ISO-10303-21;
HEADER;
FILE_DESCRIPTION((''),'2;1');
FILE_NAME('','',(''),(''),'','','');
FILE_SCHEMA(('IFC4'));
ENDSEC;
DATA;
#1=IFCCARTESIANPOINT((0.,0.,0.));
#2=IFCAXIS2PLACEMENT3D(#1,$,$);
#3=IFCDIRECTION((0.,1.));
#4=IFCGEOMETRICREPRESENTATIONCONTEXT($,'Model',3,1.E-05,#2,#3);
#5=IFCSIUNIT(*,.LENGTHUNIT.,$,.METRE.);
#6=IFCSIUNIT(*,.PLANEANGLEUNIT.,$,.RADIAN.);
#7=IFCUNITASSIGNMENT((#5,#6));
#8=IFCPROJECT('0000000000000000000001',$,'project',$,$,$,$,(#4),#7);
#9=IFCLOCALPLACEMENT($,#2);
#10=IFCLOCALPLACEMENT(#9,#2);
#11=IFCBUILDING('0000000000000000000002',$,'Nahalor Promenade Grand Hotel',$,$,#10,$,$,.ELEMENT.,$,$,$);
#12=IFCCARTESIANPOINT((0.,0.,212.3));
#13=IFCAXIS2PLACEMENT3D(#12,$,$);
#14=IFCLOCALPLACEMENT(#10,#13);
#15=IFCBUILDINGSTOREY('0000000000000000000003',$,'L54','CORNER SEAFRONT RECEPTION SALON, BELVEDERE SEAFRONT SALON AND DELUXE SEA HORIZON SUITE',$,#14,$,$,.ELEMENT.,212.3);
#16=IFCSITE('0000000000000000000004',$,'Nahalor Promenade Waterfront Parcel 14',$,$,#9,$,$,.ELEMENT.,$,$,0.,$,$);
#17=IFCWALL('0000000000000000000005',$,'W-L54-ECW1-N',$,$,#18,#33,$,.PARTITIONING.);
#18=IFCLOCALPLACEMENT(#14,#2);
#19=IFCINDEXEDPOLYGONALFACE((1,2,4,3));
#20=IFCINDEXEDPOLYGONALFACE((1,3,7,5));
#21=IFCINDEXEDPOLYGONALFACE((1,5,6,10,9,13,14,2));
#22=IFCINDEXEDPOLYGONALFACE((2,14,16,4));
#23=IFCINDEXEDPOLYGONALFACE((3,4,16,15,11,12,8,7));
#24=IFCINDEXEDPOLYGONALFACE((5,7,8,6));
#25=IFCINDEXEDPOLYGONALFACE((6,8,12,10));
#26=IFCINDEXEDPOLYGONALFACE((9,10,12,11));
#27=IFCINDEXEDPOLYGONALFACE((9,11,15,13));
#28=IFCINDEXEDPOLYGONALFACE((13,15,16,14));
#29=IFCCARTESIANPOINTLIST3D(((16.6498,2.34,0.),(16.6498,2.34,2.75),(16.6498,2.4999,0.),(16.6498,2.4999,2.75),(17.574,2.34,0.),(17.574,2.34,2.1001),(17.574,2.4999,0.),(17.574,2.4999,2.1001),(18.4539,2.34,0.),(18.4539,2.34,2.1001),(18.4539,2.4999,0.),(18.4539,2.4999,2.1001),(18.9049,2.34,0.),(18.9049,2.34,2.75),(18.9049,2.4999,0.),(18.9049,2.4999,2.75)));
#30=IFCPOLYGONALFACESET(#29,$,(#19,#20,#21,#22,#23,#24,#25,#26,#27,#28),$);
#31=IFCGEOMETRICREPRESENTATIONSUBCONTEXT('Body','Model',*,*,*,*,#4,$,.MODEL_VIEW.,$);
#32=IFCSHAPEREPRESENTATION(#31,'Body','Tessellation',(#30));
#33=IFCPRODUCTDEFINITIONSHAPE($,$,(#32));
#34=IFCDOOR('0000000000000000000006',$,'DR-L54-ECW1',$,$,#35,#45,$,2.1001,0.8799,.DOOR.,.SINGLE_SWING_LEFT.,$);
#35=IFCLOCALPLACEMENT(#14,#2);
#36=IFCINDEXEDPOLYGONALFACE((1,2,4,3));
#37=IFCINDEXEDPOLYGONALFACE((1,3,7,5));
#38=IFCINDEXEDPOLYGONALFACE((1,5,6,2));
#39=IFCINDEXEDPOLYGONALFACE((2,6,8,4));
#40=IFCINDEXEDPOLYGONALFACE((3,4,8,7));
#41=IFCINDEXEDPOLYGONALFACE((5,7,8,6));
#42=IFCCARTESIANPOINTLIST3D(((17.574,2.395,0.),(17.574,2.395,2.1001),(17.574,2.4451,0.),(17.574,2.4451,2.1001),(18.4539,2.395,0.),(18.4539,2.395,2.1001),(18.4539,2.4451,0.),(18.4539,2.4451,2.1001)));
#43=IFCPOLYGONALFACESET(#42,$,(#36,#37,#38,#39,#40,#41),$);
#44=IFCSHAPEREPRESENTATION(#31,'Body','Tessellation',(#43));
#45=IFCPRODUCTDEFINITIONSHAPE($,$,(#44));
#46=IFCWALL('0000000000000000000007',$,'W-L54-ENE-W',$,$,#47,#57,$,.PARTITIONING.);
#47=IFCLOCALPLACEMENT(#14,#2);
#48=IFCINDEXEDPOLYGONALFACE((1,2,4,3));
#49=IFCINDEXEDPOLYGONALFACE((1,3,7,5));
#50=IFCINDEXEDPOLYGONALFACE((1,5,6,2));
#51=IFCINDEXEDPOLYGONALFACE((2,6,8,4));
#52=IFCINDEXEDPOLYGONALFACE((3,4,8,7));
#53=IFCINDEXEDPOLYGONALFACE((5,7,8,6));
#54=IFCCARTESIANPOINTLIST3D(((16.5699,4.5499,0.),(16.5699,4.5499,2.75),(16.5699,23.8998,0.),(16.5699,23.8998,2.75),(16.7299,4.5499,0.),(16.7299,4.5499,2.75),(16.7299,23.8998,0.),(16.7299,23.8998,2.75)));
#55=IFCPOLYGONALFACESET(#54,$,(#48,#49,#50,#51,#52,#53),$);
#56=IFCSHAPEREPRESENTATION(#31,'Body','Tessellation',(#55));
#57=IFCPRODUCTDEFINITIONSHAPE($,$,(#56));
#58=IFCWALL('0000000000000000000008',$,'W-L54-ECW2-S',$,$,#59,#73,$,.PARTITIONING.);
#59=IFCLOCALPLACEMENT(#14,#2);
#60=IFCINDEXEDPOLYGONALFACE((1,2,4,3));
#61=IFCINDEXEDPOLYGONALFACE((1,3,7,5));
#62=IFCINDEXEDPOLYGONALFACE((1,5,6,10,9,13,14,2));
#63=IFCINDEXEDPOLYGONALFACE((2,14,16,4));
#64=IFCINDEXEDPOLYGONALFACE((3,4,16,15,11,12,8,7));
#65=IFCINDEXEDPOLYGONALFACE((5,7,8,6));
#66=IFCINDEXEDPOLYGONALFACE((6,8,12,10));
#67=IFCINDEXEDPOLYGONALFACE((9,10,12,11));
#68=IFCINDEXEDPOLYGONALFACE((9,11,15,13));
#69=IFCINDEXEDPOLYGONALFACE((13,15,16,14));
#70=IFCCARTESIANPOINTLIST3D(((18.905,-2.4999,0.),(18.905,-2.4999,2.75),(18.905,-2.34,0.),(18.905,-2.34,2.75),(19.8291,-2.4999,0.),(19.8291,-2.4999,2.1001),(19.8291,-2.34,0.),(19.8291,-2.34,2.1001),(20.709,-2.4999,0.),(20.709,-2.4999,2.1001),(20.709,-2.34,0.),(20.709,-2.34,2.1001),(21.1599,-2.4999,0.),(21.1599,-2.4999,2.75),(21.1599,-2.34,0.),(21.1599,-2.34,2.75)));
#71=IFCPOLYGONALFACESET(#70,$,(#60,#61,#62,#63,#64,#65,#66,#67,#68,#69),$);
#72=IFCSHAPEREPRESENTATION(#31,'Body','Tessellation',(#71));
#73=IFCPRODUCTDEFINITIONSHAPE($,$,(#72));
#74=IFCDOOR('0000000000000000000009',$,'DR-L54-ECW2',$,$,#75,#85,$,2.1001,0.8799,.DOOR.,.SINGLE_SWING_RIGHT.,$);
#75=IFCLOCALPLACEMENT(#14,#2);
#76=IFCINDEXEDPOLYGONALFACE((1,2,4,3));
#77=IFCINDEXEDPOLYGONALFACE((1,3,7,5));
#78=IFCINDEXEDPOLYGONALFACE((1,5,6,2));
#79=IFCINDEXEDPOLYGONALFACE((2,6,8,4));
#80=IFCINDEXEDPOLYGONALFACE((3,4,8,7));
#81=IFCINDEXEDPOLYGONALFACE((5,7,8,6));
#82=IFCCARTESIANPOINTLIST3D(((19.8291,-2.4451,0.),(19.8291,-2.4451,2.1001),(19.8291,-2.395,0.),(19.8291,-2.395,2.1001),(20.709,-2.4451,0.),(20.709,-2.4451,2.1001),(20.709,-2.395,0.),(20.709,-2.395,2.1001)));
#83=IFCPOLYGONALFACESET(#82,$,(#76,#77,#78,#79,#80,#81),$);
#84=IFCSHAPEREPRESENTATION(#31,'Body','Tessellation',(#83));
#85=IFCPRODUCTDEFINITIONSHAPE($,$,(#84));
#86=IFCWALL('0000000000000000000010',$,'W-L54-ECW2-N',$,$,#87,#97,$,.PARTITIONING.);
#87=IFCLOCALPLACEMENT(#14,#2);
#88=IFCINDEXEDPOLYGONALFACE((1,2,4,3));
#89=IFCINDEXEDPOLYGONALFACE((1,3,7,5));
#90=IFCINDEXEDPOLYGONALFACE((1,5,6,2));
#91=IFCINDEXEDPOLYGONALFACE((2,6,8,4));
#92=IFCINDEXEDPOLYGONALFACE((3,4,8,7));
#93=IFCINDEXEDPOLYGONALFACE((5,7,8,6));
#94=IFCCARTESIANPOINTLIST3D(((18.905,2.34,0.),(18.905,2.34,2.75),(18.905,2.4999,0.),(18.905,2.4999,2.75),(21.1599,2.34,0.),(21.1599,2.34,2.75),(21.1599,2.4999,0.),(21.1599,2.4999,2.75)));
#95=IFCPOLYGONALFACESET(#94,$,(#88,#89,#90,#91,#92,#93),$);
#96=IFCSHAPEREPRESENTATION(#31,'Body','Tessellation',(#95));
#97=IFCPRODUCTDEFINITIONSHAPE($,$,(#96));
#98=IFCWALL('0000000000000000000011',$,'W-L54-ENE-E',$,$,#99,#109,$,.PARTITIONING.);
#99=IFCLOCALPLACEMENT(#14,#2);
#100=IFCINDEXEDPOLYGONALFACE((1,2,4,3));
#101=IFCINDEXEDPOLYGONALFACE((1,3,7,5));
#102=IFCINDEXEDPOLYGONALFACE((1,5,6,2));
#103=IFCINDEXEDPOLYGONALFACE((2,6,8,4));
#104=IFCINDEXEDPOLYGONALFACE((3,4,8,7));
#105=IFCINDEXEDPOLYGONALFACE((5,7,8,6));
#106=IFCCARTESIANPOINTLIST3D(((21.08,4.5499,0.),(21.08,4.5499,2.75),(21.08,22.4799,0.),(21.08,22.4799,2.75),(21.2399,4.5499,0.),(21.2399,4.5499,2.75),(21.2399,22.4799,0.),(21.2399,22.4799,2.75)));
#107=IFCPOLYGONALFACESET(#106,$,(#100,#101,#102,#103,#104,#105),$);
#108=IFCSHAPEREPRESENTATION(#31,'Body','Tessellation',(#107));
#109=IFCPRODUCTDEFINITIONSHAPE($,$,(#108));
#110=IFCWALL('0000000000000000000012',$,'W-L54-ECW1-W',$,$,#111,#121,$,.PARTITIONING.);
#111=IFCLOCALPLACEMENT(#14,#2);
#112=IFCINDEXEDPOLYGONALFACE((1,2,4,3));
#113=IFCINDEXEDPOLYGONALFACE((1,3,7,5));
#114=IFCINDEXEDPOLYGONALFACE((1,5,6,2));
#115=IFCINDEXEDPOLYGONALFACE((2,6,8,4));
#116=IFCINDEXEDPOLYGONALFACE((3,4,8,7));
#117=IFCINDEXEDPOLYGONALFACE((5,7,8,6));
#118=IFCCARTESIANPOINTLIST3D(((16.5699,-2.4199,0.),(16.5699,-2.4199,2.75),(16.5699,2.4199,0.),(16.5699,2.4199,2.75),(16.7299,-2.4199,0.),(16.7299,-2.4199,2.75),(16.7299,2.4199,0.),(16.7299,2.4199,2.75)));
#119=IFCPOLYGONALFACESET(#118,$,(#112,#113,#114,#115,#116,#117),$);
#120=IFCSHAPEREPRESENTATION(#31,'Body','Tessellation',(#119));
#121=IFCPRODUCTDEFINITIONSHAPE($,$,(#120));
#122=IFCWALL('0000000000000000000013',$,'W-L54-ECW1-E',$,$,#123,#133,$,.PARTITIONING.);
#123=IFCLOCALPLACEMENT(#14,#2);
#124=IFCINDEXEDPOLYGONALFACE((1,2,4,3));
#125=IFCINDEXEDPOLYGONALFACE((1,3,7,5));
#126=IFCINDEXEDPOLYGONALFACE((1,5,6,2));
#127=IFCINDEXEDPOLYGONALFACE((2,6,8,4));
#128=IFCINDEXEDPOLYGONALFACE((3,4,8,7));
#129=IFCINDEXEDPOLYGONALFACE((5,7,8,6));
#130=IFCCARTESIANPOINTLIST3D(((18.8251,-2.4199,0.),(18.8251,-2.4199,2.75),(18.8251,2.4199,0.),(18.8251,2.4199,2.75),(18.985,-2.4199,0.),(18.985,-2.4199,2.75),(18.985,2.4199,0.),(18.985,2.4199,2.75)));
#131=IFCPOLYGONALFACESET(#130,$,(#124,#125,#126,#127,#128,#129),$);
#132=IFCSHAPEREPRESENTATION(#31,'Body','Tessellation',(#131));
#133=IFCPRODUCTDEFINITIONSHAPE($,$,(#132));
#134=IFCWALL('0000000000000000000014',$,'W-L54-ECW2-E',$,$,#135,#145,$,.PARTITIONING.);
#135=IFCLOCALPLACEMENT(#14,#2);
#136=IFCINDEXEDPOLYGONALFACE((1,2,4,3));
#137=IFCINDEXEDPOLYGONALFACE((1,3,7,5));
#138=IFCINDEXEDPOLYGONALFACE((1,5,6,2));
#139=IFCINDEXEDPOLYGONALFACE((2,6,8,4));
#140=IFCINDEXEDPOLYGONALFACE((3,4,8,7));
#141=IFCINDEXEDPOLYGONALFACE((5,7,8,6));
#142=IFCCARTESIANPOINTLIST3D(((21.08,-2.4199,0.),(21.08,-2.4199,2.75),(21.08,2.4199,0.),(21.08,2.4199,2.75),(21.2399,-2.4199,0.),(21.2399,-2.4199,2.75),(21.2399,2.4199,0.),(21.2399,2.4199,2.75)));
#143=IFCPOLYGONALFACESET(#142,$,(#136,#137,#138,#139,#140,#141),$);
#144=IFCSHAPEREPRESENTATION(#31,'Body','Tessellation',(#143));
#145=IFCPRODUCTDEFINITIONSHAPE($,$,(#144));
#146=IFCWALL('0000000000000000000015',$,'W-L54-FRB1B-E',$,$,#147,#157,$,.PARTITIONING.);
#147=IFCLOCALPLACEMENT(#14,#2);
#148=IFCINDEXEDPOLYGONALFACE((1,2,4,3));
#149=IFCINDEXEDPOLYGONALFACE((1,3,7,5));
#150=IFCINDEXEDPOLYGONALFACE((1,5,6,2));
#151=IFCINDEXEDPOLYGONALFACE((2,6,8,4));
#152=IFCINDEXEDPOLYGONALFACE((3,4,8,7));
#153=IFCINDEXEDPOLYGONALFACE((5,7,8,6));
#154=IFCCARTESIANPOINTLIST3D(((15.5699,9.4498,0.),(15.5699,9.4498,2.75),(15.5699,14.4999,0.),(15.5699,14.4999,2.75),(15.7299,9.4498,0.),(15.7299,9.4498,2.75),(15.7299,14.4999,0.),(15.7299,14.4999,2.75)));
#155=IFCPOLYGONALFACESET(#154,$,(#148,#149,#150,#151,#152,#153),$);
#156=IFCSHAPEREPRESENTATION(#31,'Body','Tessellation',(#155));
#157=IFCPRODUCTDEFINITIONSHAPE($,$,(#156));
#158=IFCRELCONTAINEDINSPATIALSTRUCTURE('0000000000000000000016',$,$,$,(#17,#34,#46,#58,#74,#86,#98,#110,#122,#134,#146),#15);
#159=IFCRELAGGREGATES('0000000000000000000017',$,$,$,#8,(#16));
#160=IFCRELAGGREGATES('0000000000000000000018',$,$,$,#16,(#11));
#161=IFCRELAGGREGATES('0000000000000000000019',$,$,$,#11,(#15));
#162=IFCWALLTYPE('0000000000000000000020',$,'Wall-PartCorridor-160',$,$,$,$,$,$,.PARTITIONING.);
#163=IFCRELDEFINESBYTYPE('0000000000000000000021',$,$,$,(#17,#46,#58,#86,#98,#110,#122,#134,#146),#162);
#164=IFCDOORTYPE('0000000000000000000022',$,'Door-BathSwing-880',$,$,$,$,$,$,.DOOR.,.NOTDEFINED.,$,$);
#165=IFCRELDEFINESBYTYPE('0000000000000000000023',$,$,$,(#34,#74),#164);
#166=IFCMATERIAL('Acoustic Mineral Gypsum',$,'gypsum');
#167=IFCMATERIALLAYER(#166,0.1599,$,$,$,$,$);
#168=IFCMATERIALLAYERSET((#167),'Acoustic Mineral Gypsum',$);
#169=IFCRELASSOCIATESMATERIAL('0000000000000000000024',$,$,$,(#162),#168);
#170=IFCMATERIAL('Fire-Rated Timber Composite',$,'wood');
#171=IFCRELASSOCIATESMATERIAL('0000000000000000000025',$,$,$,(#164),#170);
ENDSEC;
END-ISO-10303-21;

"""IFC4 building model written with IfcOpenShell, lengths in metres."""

from ifc_helpers import new_model, si_unit, direction, frame, frame_2d, origin, place, context, subcontext, project, spatial, rectangle, extrude, source, transform, mapped, material, layer, layer_set, type_object, element, fill, save


model = new_model("IFC4")

# Units and contexts
model_context = context("Model", 3, precision=1e-05, world=origin(), true_north=direction((0.0, 1.0)))
body_context = subcontext(model_context, "Body", "Model", "MODEL_VIEW")
ifc_project = project(units=[si_unit("LENGTHUNIT", "METRE"), si_unit("PLANEANGLEUNIT", "RADIAN")], contexts=[model_context])

# Site, building, storey
site_placement = place(None, origin())
site = spatial("IfcSite", under=ifc_project, at=site_placement, Name="Nahalor Promenade Waterfront Parcel 14", CompositionType="ELEMENT", RefElevation=0.0)
building_placement = place(site_placement, origin())
building = spatial("IfcBuilding", under=site, at=building_placement, Name="Nahalor Promenade Grand Hotel", CompositionType="ELEMENT")
storey_placement = place(building_placement, frame((0.0, 0.0, 212.3)))
storey = spatial("IfcBuildingStorey", under=building, at=storey_placement, Name="L54", Description="CORNER SEAFRONT RECEPTION SALON, BELVEDERE SEAFRONT SALON AND DELUXE SEA HORIZON SUITE", CompositionType="ELEMENT", Elevation=212.3)

# Shared definitions
ifc_material_1 = material(Name="Acoustic Mineral Gypsum", Category="gypsum")
ifc_layer_1 = layer(ifc_material_1, 0.1599)
ifc_layer_set_1 = layer_set([ifc_layer_1], Name="Acoustic Mineral Gypsum")
wall_type_1 = type_object("IfcWallType", Name="Wall-PartCorridor-160", PredefinedType="PARTITIONING", material=ifc_layer_set_1)
shared_shape_1 = source(origin(), body_context, "Body", "SweptSolid", [
    extrude(rectangle(XDim=2.2551, YDim=0.1599, at=frame_2d((1.1274, 0.0))), origin(), (0.0, 0.0, 1.0), 2.75),
])

# Wall, opening, door
wall_1_placement = place(storey_placement, frame((16.6499, 2.4199, 0.0), z_axis=(0.0, 0.0, 1.0), x_axis=(1.0, 0.0, 0.0)))
wall_1 = element("IfcWall", 1, at=wall_1_placement, inside=storey, type_object=wall_type_1, Name="W-L54-ECW1-N", PredefinedType="PARTITIONING", context=body_context, shape_type="MappedRepresentation", body=[
    mapped(shared_shape_1, transform((0.0, 0.0, 0.0), scale=1.0)),
])
opening_1_placement = place(wall_1_placement, frame((0.9241, 0.0, 0.0)))
opening_1 = element("IfcOpeningElement", 2, at=opening_1_placement, cuts=wall_1, PredefinedType="OPENING", context=body_context, shape_type="SweptSolid", body=[
    extrude(rectangle(XDim=0.8799, YDim=2.1001, at=frame_2d((0.4399, 1.05))), frame((0.0, 0.0898, 0.0), z_axis=(0.0, -1.0, 0.0), x_axis=(1.0, 0.0, 0.0)), (0.0, 0.0, 1.0), 0.1799),
])
ifc_material_2 = material(Name="Fire-Rated Timber Composite", Category="wood")
door_type_1 = type_object("IfcDoorType", Name="Door-BathSwing-880", OperationType="NOTDEFINED", PredefinedType="DOOR", material=ifc_material_2)
shared_shape_2 = source(origin(), body_context, "Body", "SweptSolid", [
    extrude(rectangle(XDim=0.8799, YDim=2.1001, at=frame_2d((0.4399, 1.05))), frame((0.0, 0.0249, 0.0), z_axis=(0.0, -1.0, 0.0), x_axis=(1.0, 0.0, 0.0)), (0.0, 0.0, 1.0), 0.05),
])
door_1_placement = place(opening_1_placement, frame((0.8799, 0.0, 0.0), z_axis=(0.0, 0.0, 1.0), x_axis=(-1.0, 0.0, 0.0)))
door_1 = element("IfcDoor", 3, at=door_1_placement, inside=storey, type_object=door_type_1, Name="DR-L54-ECW1", OperationType="SINGLE_SWING_LEFT", OverallHeight=2.1001, OverallWidth=0.8799, PredefinedType="DOOR", context=body_context, shape_type="MappedRepresentation", body=[
    mapped(shared_shape_2, transform((0.0, 0.0, 0.0), scale=1.0)),
])
fill(opening_1, door_1)

# Wall
shared_shape_3 = source(origin(), body_context, "Body", "SweptSolid", [
    extrude(rectangle(XDim=19.3499, YDim=0.1599, at=frame_2d((9.6748, 0.0))), origin(), (0.0, 0.0, 1.0), 2.75),
])
wall_2_placement = place(storey_placement, frame((16.6499, 4.55, 0.0), z_axis=(0.0, 0.0, 1.0), x_axis=(0.0, 1.0, 0.0)))
element("IfcWall", 4, at=wall_2_placement, inside=storey, type_object=wall_type_1, Name="W-L54-ENE-W", PredefinedType="PARTITIONING", context=body_context, shape_type="MappedRepresentation", body=[
    mapped(shared_shape_3, transform((0.0, 0.0, 0.0), scale=1.0)),
])

# Wall, opening, door
shared_shape_4 = source(origin(), body_context, "Body", "SweptSolid", [
    extrude(rectangle(XDim=2.2549, YDim=0.1599, at=frame_2d((1.1274, 0.0))), origin(), (0.0, 0.0, 1.0), 2.75),
])
wall_3_placement = place(storey_placement, frame((18.905, -2.4199, 0.0), z_axis=(0.0, 0.0, 1.0), x_axis=(1.0, 0.0, 0.0)))
wall_3 = element("IfcWall", 5, at=wall_3_placement, inside=storey, type_object=wall_type_1, Name="W-L54-ECW2-S", PredefinedType="PARTITIONING", context=body_context, shape_type="MappedRepresentation", body=[
    mapped(shared_shape_4, transform((0.0, 0.0, 0.0), scale=1.0)),
])
opening_2_placement = place(wall_3_placement, frame((0.9241, 0.0, 0.0)))
opening_2 = element("IfcOpeningElement", 6, at=opening_2_placement, cuts=wall_3, PredefinedType="OPENING", context=body_context, shape_type="SweptSolid", body=[
    extrude(rectangle(XDim=0.8799, YDim=2.1001, at=frame_2d((0.4399, 1.05))), frame((0.0, 0.0898, 0.0), z_axis=(0.0, -1.0, 0.0), x_axis=(1.0, 0.0, 0.0)), (0.0, 0.0, 1.0), 0.1799),
])
door_2_placement = place(opening_2_placement, origin())
door_2 = element("IfcDoor", 7, at=door_2_placement, inside=storey, type_object=door_type_1, Name="DR-L54-ECW2", OperationType="SINGLE_SWING_RIGHT", OverallHeight=2.1001, OverallWidth=0.8799, PredefinedType="DOOR", context=body_context, shape_type="MappedRepresentation", body=[
    mapped(shared_shape_2, transform((0.0, 0.0, 0.0), scale=1.0)),
])
fill(opening_2, door_2)

# Walls
wall_4_placement = place(storey_placement, frame((18.905, 2.4199, 0.0), z_axis=(0.0, 0.0, 1.0), x_axis=(1.0, 0.0, 0.0)))
element("IfcWall", 8, at=wall_4_placement, inside=storey, type_object=wall_type_1, Name="W-L54-ECW2-N", PredefinedType="PARTITIONING", context=body_context, shape_type="MappedRepresentation", body=[
    mapped(shared_shape_4, transform((0.0, 0.0, 0.0), scale=1.0)),
])
shared_shape_5 = source(origin(), body_context, "Body", "SweptSolid", [
    extrude(rectangle(XDim=17.9299, YDim=0.1599, at=frame_2d((8.9648, 0.0))), origin(), (0.0, 0.0, 1.0), 2.75),
])
wall_5_placement = place(storey_placement, frame((21.1599, 4.55, 0.0), z_axis=(0.0, 0.0, 1.0), x_axis=(0.0, 1.0, 0.0)))
element("IfcWall", 9, at=wall_5_placement, inside=storey, type_object=wall_type_1, Name="W-L54-ENE-E", PredefinedType="PARTITIONING", context=body_context, shape_type="MappedRepresentation", body=[
    mapped(shared_shape_5, transform((0.0, 0.0, 0.0), scale=1.0)),
])
shared_shape_6 = source(origin(), body_context, "Body", "SweptSolid", [
    extrude(rectangle(XDim=4.8398, YDim=0.1599, at=frame_2d((2.4199, 0.0))), origin(), (0.0, 0.0, 1.0), 2.75),
])
for number, where, z_axis, x_axis, name in (
    (10, (16.6499, -2.4199, 0.0), (0.0, 0.0, 1.0), (0.0, 1.0, 0.0), "W-L54-ECW1-W"),
    (11, (18.905, -2.4199, 0.0), (0.0, 0.0, 1.0), (0.0, 1.0, 0.0), "W-L54-ECW1-E"),
    (12, (21.1599, -2.4199, 0.0), (0.0, 0.0, 1.0), (0.0, 1.0, 0.0), "W-L54-ECW2-E"),
):
    element("IfcWall", number, at=place(storey_placement, frame(where, z_axis=z_axis, x_axis=x_axis)), inside=storey, type_object=wall_type_1, Name=name, PredefinedType="PARTITIONING", context=body_context, shape_type="MappedRepresentation", body=[
        mapped(shared_shape_6, transform((0.0, 0.0, 0.0), scale=1.0)),
    ])
shared_shape_7 = source(origin(), body_context, "Body", "SweptSolid", [
    extrude(rectangle(XDim=5.05, YDim=0.1599, at=frame_2d((2.5249, 0.0))), origin(), (0.0, 0.0, 1.0), 2.75),
])
wall_6_placement = place(storey_placement, frame((15.6499, 9.45, 0.0), z_axis=(0.0, 0.0, 1.0), x_axis=(0.0, 1.0, 0.0)))
element("IfcWall", 13, at=wall_6_placement, inside=storey, type_object=wall_type_1, Name="W-L54-FRB1B-E", PredefinedType="PARTITIONING", context=body_context, shape_type="MappedRepresentation", body=[
    mapped(shared_shape_7, transform((0.0, 0.0, 0.0), scale=1.0)),
])

save(model, "model.ifc")
